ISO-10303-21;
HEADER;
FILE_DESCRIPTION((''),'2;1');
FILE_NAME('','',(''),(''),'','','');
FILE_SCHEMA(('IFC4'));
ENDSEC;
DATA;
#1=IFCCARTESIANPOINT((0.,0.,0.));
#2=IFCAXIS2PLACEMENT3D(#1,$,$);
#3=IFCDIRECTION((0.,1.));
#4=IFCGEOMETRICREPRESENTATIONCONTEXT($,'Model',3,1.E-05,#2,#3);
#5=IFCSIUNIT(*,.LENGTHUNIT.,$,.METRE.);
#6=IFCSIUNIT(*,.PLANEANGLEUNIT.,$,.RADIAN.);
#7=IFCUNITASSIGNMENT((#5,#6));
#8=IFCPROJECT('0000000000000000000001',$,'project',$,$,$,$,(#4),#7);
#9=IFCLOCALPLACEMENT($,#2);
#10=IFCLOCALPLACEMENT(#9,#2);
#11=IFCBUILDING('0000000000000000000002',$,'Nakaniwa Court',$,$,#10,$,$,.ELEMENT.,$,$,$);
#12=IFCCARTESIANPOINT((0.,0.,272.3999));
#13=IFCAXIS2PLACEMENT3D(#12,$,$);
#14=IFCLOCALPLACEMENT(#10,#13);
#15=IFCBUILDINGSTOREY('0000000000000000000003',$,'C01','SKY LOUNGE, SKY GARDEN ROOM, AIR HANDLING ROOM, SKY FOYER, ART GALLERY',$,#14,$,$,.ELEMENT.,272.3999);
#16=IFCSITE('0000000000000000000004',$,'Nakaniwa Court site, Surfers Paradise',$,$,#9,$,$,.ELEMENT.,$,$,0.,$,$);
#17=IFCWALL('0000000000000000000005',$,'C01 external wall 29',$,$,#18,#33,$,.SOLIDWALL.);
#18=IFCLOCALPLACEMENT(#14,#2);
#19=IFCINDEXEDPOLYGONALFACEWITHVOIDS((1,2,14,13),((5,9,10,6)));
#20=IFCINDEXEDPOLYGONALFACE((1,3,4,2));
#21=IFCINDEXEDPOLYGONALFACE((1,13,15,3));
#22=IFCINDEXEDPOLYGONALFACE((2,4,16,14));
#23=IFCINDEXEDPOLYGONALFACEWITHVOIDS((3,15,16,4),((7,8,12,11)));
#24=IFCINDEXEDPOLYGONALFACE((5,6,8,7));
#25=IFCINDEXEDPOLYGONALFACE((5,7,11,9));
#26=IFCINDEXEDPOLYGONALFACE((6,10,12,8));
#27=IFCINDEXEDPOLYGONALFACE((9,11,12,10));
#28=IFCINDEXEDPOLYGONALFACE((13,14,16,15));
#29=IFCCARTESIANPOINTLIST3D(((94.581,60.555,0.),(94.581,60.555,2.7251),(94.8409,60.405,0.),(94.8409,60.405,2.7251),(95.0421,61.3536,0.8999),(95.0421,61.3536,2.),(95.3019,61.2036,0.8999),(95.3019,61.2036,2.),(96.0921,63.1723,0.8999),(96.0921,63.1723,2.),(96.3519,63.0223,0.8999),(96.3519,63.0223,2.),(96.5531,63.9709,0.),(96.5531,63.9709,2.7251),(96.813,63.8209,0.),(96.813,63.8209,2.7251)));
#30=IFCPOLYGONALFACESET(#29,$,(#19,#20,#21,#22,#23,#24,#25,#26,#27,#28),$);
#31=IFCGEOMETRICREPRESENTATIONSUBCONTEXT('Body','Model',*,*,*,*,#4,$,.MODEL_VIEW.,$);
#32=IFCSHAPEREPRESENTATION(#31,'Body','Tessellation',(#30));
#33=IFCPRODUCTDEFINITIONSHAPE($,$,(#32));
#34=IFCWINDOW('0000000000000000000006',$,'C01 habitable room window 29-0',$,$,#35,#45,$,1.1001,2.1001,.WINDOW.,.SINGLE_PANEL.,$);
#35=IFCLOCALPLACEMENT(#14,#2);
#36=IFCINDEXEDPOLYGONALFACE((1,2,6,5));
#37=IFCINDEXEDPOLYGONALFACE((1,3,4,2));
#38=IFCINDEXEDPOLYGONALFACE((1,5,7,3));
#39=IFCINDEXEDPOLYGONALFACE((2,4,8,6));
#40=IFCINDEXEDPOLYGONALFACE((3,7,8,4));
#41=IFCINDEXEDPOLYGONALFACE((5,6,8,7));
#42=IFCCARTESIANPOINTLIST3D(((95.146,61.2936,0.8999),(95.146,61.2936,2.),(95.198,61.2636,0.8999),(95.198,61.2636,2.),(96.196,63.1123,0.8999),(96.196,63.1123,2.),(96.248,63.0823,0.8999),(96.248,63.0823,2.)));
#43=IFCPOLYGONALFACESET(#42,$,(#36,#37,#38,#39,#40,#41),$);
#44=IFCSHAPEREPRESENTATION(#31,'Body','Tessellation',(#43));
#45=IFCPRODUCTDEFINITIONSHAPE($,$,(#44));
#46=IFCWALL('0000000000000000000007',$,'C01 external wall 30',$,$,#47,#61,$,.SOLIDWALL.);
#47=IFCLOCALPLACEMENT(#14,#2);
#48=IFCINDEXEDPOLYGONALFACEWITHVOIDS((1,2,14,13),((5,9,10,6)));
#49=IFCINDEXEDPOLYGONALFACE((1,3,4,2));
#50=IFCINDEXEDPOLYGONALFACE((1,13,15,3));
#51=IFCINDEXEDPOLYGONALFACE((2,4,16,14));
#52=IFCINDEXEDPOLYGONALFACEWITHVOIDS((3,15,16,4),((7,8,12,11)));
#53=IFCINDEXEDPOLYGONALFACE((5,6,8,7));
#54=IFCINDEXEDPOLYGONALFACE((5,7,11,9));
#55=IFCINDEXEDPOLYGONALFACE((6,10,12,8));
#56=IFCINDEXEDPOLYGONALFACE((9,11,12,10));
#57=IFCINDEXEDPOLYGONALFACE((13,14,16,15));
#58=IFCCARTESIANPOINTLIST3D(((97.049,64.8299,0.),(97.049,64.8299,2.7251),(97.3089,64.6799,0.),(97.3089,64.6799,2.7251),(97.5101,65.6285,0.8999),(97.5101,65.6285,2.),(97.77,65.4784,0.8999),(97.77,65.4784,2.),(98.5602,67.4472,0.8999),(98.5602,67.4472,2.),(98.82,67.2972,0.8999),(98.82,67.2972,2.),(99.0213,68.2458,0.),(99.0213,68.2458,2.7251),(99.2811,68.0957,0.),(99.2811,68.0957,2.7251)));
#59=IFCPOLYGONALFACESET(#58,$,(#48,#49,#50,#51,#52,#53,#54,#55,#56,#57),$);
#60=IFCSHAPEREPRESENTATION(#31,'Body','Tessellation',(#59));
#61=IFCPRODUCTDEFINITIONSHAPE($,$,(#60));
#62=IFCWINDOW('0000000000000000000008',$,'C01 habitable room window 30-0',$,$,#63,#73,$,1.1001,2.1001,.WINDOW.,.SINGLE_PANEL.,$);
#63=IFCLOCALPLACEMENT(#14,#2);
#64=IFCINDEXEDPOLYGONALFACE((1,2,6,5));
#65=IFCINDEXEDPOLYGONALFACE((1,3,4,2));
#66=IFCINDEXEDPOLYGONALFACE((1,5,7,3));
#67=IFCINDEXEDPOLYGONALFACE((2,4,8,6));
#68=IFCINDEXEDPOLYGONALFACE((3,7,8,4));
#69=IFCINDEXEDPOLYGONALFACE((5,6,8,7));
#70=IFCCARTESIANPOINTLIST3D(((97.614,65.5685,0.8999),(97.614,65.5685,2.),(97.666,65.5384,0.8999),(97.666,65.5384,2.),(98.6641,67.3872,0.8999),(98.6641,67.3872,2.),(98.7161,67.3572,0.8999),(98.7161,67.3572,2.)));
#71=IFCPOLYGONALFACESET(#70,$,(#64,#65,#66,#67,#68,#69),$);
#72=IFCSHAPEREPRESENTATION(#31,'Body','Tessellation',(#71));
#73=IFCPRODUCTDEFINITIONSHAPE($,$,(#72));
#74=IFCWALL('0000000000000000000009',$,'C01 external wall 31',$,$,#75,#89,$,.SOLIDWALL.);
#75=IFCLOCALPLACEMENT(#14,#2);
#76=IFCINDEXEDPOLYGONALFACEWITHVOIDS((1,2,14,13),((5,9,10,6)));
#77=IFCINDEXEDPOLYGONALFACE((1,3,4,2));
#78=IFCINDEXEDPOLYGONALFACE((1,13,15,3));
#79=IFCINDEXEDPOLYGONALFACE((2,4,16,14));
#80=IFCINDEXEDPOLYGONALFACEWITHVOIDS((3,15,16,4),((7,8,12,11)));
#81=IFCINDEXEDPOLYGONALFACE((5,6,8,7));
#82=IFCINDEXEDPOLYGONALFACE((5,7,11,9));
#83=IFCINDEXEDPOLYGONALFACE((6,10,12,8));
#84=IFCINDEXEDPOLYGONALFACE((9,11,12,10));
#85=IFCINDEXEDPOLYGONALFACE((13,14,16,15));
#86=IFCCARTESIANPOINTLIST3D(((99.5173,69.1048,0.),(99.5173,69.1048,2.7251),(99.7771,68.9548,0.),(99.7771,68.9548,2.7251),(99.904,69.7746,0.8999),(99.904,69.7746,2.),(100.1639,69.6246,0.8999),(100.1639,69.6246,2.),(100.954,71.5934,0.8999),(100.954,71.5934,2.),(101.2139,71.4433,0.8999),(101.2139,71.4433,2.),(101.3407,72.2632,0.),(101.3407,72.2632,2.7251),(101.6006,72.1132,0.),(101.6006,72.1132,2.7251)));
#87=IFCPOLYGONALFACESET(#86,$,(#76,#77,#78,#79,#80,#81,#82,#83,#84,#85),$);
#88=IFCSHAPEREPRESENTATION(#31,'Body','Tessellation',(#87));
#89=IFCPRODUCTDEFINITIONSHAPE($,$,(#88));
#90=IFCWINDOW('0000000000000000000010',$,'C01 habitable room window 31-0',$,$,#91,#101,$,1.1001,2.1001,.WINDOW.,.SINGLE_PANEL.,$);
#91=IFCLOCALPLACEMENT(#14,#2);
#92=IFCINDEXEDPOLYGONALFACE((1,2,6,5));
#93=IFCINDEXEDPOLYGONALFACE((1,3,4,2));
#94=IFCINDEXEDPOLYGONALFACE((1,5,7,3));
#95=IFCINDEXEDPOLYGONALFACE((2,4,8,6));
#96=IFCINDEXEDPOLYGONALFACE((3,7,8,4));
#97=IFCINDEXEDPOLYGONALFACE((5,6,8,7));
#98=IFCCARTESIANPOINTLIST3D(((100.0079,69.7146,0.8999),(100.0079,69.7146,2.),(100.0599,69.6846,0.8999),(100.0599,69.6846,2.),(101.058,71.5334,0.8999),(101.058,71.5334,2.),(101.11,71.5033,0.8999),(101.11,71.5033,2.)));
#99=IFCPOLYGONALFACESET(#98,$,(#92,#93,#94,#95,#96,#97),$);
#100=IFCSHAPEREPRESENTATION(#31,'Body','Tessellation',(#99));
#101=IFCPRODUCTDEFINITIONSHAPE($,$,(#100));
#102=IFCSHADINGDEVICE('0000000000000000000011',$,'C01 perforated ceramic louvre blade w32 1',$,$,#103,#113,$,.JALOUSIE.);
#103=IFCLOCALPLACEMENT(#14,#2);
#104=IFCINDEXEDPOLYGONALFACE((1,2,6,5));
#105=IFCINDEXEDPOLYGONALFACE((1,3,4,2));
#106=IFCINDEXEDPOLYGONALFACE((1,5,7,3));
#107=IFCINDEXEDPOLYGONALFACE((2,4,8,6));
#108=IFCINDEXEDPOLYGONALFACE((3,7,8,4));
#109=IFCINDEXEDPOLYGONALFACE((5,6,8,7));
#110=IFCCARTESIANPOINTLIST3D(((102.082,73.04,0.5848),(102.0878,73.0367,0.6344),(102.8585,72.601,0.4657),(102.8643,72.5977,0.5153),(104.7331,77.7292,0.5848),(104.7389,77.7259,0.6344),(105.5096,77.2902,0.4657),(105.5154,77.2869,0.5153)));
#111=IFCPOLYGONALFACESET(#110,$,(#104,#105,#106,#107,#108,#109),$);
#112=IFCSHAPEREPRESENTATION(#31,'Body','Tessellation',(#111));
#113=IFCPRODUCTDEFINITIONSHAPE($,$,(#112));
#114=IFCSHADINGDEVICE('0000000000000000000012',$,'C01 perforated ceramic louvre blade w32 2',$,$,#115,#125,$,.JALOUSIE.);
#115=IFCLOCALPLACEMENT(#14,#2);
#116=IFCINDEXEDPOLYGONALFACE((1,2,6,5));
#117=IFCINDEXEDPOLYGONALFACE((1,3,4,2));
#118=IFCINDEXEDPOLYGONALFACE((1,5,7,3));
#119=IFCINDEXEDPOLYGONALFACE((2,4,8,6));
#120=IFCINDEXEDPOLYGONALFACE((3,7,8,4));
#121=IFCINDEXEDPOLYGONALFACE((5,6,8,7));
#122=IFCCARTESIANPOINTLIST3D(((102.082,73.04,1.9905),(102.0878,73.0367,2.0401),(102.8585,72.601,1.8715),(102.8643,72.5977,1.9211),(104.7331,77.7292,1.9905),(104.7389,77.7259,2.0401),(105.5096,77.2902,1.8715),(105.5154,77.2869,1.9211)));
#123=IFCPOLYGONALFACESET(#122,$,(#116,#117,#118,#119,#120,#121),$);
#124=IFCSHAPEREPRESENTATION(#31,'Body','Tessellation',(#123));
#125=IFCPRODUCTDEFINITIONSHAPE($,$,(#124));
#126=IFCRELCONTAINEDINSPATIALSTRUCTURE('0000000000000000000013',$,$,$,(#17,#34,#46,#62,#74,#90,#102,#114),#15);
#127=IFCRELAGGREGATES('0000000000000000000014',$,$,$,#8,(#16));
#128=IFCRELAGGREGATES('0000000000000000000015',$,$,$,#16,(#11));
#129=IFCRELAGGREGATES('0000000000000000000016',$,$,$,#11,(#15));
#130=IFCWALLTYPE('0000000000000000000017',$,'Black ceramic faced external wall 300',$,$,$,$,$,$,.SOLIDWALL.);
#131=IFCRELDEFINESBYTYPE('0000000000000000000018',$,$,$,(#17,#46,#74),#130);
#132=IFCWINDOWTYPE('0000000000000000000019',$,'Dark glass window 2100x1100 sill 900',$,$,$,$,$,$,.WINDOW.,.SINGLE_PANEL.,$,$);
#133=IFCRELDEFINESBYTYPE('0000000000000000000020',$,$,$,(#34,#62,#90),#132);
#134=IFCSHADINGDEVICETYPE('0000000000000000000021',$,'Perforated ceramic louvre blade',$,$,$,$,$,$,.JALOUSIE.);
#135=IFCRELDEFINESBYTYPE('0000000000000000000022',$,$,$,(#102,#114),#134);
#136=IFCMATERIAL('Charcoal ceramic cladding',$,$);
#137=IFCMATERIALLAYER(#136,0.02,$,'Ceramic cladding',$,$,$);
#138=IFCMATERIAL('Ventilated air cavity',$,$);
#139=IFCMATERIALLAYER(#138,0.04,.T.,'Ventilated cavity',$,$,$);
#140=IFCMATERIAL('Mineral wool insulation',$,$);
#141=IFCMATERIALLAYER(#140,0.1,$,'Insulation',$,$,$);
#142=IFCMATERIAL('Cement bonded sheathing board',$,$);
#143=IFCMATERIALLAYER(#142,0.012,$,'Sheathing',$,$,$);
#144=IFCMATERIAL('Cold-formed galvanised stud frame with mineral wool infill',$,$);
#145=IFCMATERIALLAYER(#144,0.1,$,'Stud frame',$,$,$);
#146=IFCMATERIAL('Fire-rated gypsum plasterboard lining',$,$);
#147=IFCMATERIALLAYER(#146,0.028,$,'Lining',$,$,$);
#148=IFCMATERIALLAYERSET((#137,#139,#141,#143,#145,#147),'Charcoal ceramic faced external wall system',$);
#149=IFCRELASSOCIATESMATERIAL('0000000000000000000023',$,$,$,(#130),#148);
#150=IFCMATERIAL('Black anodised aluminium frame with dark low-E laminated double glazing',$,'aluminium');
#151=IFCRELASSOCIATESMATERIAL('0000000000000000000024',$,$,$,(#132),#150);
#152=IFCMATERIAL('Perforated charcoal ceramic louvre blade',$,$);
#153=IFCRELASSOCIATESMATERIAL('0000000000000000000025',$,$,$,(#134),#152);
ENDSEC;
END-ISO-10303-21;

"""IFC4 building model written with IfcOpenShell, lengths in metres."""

from ifc_helpers import new_model, si_unit, direction, frame, frame_2d, origin, origin_2d, place, context, subcontext, project, spatial, rectangle, extrude, material, layer, layer_set, material_profile, profile_set, type_object, element, fill, save


model = new_model("IFC4")

# Units and contexts
model_context = context("Model", 3, precision=1e-05, world=origin(), true_north=direction((0.0, 1.0)))
body_context = subcontext(model_context, "Body", "Model", "MODEL_VIEW")
ifc_project = project(units=[si_unit("LENGTHUNIT", "METRE"), si_unit("PLANEANGLEUNIT", "RADIAN")], contexts=[model_context])

# Site, building, storey
site_placement = place(None, origin())
site = spatial("IfcSite", under=ifc_project, at=site_placement, Name="Nakaniwa Court site, Surfers Paradise", CompositionType="ELEMENT", RefElevation=0.0)
building_placement = place(site_placement, origin())
building = spatial("IfcBuilding", under=site, at=building_placement, Name="Nakaniwa Court", CompositionType="ELEMENT")
storey_placement = place(building_placement, frame((0.0, 0.0, 272.3999)))
storey = spatial("IfcBuildingStorey", under=building, at=storey_placement, Name="C01", Description="SKY LOUNGE, SKY GARDEN ROOM, AIR HANDLING ROOM, SKY FOYER, ART GALLERY", CompositionType="ELEMENT", Elevation=272.3999)

# Shared definitions
ifc_material_1 = material(Name="Black anodised aluminium frame with dark low-E laminated double glazing", Category="aluminium")

# Walls, openings, windows
ifc_material_2 = material(Name="Charcoal ceramic cladding")
ifc_layer_1 = layer(ifc_material_2, 0.02, Name="Ceramic cladding")
ifc_material_3 = material(Name="Ventilated air cavity")
ifc_layer_2 = layer(ifc_material_3, 0.04, ventilated=True, Name="Ventilated cavity")
ifc_material_4 = material(Name="Mineral wool insulation")
ifc_layer_3 = layer(ifc_material_4, 0.1, Name="Insulation")
ifc_material_5 = material(Name="Cement bonded sheathing board")
ifc_layer_4 = layer(ifc_material_5, 0.012, Name="Sheathing")
ifc_material_6 = material(Name="Cold-formed galvanised stud frame with mineral wool infill")
ifc_layer_5 = layer(ifc_material_6, 0.1, Name="Stud frame")
ifc_material_7 = material(Name="Fire-rated gypsum plasterboard lining")
ifc_layer_6 = layer(ifc_material_7, 0.028, Name="Lining")
ifc_layer_set_1 = layer_set([ifc_layer_1, ifc_layer_2, ifc_layer_3, ifc_layer_4, ifc_layer_5, ifc_layer_6], Name="Charcoal ceramic faced external wall system")
wall_type = type_object("IfcWallType", Name="Black ceramic faced external wall 300", PredefinedType="SOLIDWALL", material=ifc_layer_set_1)
wall_1_placement = place(storey_placement, frame((94.7109, 60.48, 0.0), z_axis=(0.0, 0.0, 1.0), x_axis=(0.499987, 0.866033, 0.0)))
wall_1 = element("IfcWall", 1, at=wall_1_placement, inside=storey, type_object=wall_type, Name="C01 external wall 29", PredefinedType="SOLIDWALL", context=body_context, shape_type="SweptSolid", body=[
    extrude(rectangle(XDim=3.9443, YDim=0.3, at=frame_2d((1.9722, 0.0))), origin(), (0.0, 0.0, 1.0), 2.7251),
])
opening_1_placement = place(wall_1_placement, frame((0.9221, 0.0, 0.8999)))
opening_1 = element("IfcOpeningElement", 2, at=opening_1_placement, cuts=wall_1, PredefinedType="OPENING", context=body_context, shape_type="SweptSolid", body=[
    extrude(rectangle(XDim=2.1001, YDim=1.1001, at=frame_2d((1.05, 0.55))), frame((0.0, 0.1599, 0.0), z_axis=(0.0, -1.0, 0.0), x_axis=(1.0, 0.0, 0.0)), (0.0, 0.0, 1.0), 0.3201),
])
window_type_1 = type_object("IfcWindowType", Name="Dark glass window 2100x1100 sill 900", PartitioningType="SINGLE_PANEL", PredefinedType="WINDOW", material=ifc_material_1)
window_1_placement = place(opening_1_placement, origin())
window_1 = element("IfcWindow", 3, at=window_1_placement, inside=storey, type_object=window_type_1, Name="C01 habitable room window 29-0", OverallHeight=1.1001, OverallWidth=2.1001, PartitioningType="SINGLE_PANEL", PredefinedType="WINDOW", context=body_context, shape_type="SweptSolid", body=[
    extrude(rectangle(XDim=2.1001, YDim=1.1001, at=frame_2d((1.05, 0.55))), frame((0.0, 0.03, 0.0), z_axis=(0.0, -1.0, 0.0), x_axis=(1.0, 0.0, 0.0)), (0.0, 0.0, 1.0), 0.0601),
])
fill(opening_1, window_1)
wall_2_placement = place(storey_placement, frame((97.179, 64.7549, 0.0), z_axis=(0.0, 0.0, 1.0), x_axis=(0.500014, 0.866018, 0.0)))
wall_2 = element("IfcWall", 4, at=wall_2_placement, inside=storey, type_object=wall_type, Name="C01 external wall 30", PredefinedType="SOLIDWALL", context=body_context, shape_type="SweptSolid", body=[
    extrude(rectangle(XDim=3.9443, YDim=0.3, at=frame_2d((1.9722, 0.0))), origin(), (0.0, 0.0, 1.0), 2.7251),
])
opening_2_placement = place(wall_2_placement, frame((0.9221, 0.0, 0.8999)))
opening_2 = element("IfcOpeningElement", 5, at=opening_2_placement, cuts=wall_2, PredefinedType="OPENING", context=body_context, shape_type="SweptSolid", body=[
    extrude(rectangle(XDim=2.1001, YDim=1.1001, at=frame_2d((1.05, 0.55))), frame((0.0, 0.1599, 0.0), z_axis=(0.0, -1.0, 0.0), x_axis=(1.0, 0.0, 0.0)), (0.0, 0.0, 1.0), 0.3201),
])
window_2_placement = place(opening_2_placement, origin())
window_2 = element("IfcWindow", 6, at=window_2_placement, inside=storey, type_object=window_type_1, Name="C01 habitable room window 30-0", OverallHeight=1.1001, OverallWidth=2.1001, PartitioningType="SINGLE_PANEL", PredefinedType="WINDOW", context=body_context, shape_type="SweptSolid", body=[
    extrude(rectangle(XDim=2.1001, YDim=1.1001, at=frame_2d((1.05, 0.55))), frame((0.0, 0.03, 0.0), z_axis=(0.0, -1.0, 0.0), x_axis=(1.0, 0.0, 0.0)), (0.0, 0.0, 1.0), 0.0601),
])
fill(opening_2, window_2)
wall_3_placement = place(storey_placement, frame((99.6472, 69.0298, 0.0), z_axis=(0.0, 0.0, 1.0), x_axis=(0.499991, 0.866031, 0.0)))
wall_3 = element("IfcWall", 7, at=wall_3_placement, inside=storey, type_object=wall_type, Name="C01 external wall 31", PredefinedType="SOLIDWALL", context=body_context, shape_type="SweptSolid", body=[
    extrude(rectangle(XDim=3.647, YDim=0.3, at=frame_2d((1.8235, 0.0))), origin(), (0.0, 0.0, 1.0), 2.7251),
])
opening_3_placement = place(wall_3_placement, frame((0.7734, 0.0, 0.8999)))
opening_3 = element("IfcOpeningElement", 8, at=opening_3_placement, cuts=wall_3, PredefinedType="OPENING", context=body_context, shape_type="SweptSolid", body=[
    extrude(rectangle(XDim=2.1001, YDim=1.1001, at=frame_2d((1.05, 0.55))), frame((0.0, 0.1599, 0.0), z_axis=(0.0, -1.0, 0.0), x_axis=(1.0, 0.0, 0.0)), (0.0, 0.0, 1.0), 0.3201),
])
window_3_placement = place(opening_3_placement, origin())
window_3 = element("IfcWindow", 9, at=window_3_placement, inside=storey, type_object=window_type_1, Name="C01 habitable room window 31-0", OverallHeight=1.1001, OverallWidth=2.1001, PartitioningType="SINGLE_PANEL", PredefinedType="WINDOW", context=body_context, shape_type="SweptSolid", body=[
    extrude(rectangle(XDim=2.1001, YDim=1.1001, at=frame_2d((1.05, 0.55))), frame((0.0, 0.03, 0.0), z_axis=(0.0, -1.0, 0.0), x_axis=(1.0, 0.0, 0.0)), (0.0, 0.0, 1.0), 0.0601),
])
fill(opening_3, window_3)

# Shading devices
ifc_material_8 = material(Name="Perforated charcoal ceramic louvre blade")
ifc_material_profile_1 = material_profile(ifc_material_8, rectangle(XDim=0.8999, YDim=0.05, at=origin_2d()), Name="Perforated ceramic louvre blade")
ifc_profile_set_1 = profile_set([ifc_material_profile_1], Name="Perforated charcoal ceramic louvre blade")
shading_device_type = type_object("IfcShadingDeviceType", Name="Perforated ceramic louvre blade", PredefinedType="JALOUSIE", material=ifc_profile_set_1)
for number, where, z_axis, x_axis, name in (
    (10, (102.4731, 72.8188, 0.55), (0.492156, 0.870507, 0.0), (-0.86286, 0.487832, 0.132256), "C01 perforated ceramic louvre blade w32 1"),
    (11, (102.4731, 72.8188, 1.9558), (0.492156, 0.870507, 0.0), (-0.86286, 0.487832, 0.132256), "C01 perforated ceramic louvre blade w32 2"),
):
    element("IfcShadingDevice", number, at=place(storey_placement, frame(where, z_axis=z_axis, x_axis=x_axis)), inside=storey, type_object=shading_device_type, Name=name, PredefinedType="JALOUSIE", context=body_context, shape_type="SweptSolid", body=[
        extrude(rectangle(XDim=0.8999, YDim=0.05, at=origin_2d()), origin(), (0.0, 0.0, 1.0), 5.3867),
    ])

save(model, "model.ifc")
